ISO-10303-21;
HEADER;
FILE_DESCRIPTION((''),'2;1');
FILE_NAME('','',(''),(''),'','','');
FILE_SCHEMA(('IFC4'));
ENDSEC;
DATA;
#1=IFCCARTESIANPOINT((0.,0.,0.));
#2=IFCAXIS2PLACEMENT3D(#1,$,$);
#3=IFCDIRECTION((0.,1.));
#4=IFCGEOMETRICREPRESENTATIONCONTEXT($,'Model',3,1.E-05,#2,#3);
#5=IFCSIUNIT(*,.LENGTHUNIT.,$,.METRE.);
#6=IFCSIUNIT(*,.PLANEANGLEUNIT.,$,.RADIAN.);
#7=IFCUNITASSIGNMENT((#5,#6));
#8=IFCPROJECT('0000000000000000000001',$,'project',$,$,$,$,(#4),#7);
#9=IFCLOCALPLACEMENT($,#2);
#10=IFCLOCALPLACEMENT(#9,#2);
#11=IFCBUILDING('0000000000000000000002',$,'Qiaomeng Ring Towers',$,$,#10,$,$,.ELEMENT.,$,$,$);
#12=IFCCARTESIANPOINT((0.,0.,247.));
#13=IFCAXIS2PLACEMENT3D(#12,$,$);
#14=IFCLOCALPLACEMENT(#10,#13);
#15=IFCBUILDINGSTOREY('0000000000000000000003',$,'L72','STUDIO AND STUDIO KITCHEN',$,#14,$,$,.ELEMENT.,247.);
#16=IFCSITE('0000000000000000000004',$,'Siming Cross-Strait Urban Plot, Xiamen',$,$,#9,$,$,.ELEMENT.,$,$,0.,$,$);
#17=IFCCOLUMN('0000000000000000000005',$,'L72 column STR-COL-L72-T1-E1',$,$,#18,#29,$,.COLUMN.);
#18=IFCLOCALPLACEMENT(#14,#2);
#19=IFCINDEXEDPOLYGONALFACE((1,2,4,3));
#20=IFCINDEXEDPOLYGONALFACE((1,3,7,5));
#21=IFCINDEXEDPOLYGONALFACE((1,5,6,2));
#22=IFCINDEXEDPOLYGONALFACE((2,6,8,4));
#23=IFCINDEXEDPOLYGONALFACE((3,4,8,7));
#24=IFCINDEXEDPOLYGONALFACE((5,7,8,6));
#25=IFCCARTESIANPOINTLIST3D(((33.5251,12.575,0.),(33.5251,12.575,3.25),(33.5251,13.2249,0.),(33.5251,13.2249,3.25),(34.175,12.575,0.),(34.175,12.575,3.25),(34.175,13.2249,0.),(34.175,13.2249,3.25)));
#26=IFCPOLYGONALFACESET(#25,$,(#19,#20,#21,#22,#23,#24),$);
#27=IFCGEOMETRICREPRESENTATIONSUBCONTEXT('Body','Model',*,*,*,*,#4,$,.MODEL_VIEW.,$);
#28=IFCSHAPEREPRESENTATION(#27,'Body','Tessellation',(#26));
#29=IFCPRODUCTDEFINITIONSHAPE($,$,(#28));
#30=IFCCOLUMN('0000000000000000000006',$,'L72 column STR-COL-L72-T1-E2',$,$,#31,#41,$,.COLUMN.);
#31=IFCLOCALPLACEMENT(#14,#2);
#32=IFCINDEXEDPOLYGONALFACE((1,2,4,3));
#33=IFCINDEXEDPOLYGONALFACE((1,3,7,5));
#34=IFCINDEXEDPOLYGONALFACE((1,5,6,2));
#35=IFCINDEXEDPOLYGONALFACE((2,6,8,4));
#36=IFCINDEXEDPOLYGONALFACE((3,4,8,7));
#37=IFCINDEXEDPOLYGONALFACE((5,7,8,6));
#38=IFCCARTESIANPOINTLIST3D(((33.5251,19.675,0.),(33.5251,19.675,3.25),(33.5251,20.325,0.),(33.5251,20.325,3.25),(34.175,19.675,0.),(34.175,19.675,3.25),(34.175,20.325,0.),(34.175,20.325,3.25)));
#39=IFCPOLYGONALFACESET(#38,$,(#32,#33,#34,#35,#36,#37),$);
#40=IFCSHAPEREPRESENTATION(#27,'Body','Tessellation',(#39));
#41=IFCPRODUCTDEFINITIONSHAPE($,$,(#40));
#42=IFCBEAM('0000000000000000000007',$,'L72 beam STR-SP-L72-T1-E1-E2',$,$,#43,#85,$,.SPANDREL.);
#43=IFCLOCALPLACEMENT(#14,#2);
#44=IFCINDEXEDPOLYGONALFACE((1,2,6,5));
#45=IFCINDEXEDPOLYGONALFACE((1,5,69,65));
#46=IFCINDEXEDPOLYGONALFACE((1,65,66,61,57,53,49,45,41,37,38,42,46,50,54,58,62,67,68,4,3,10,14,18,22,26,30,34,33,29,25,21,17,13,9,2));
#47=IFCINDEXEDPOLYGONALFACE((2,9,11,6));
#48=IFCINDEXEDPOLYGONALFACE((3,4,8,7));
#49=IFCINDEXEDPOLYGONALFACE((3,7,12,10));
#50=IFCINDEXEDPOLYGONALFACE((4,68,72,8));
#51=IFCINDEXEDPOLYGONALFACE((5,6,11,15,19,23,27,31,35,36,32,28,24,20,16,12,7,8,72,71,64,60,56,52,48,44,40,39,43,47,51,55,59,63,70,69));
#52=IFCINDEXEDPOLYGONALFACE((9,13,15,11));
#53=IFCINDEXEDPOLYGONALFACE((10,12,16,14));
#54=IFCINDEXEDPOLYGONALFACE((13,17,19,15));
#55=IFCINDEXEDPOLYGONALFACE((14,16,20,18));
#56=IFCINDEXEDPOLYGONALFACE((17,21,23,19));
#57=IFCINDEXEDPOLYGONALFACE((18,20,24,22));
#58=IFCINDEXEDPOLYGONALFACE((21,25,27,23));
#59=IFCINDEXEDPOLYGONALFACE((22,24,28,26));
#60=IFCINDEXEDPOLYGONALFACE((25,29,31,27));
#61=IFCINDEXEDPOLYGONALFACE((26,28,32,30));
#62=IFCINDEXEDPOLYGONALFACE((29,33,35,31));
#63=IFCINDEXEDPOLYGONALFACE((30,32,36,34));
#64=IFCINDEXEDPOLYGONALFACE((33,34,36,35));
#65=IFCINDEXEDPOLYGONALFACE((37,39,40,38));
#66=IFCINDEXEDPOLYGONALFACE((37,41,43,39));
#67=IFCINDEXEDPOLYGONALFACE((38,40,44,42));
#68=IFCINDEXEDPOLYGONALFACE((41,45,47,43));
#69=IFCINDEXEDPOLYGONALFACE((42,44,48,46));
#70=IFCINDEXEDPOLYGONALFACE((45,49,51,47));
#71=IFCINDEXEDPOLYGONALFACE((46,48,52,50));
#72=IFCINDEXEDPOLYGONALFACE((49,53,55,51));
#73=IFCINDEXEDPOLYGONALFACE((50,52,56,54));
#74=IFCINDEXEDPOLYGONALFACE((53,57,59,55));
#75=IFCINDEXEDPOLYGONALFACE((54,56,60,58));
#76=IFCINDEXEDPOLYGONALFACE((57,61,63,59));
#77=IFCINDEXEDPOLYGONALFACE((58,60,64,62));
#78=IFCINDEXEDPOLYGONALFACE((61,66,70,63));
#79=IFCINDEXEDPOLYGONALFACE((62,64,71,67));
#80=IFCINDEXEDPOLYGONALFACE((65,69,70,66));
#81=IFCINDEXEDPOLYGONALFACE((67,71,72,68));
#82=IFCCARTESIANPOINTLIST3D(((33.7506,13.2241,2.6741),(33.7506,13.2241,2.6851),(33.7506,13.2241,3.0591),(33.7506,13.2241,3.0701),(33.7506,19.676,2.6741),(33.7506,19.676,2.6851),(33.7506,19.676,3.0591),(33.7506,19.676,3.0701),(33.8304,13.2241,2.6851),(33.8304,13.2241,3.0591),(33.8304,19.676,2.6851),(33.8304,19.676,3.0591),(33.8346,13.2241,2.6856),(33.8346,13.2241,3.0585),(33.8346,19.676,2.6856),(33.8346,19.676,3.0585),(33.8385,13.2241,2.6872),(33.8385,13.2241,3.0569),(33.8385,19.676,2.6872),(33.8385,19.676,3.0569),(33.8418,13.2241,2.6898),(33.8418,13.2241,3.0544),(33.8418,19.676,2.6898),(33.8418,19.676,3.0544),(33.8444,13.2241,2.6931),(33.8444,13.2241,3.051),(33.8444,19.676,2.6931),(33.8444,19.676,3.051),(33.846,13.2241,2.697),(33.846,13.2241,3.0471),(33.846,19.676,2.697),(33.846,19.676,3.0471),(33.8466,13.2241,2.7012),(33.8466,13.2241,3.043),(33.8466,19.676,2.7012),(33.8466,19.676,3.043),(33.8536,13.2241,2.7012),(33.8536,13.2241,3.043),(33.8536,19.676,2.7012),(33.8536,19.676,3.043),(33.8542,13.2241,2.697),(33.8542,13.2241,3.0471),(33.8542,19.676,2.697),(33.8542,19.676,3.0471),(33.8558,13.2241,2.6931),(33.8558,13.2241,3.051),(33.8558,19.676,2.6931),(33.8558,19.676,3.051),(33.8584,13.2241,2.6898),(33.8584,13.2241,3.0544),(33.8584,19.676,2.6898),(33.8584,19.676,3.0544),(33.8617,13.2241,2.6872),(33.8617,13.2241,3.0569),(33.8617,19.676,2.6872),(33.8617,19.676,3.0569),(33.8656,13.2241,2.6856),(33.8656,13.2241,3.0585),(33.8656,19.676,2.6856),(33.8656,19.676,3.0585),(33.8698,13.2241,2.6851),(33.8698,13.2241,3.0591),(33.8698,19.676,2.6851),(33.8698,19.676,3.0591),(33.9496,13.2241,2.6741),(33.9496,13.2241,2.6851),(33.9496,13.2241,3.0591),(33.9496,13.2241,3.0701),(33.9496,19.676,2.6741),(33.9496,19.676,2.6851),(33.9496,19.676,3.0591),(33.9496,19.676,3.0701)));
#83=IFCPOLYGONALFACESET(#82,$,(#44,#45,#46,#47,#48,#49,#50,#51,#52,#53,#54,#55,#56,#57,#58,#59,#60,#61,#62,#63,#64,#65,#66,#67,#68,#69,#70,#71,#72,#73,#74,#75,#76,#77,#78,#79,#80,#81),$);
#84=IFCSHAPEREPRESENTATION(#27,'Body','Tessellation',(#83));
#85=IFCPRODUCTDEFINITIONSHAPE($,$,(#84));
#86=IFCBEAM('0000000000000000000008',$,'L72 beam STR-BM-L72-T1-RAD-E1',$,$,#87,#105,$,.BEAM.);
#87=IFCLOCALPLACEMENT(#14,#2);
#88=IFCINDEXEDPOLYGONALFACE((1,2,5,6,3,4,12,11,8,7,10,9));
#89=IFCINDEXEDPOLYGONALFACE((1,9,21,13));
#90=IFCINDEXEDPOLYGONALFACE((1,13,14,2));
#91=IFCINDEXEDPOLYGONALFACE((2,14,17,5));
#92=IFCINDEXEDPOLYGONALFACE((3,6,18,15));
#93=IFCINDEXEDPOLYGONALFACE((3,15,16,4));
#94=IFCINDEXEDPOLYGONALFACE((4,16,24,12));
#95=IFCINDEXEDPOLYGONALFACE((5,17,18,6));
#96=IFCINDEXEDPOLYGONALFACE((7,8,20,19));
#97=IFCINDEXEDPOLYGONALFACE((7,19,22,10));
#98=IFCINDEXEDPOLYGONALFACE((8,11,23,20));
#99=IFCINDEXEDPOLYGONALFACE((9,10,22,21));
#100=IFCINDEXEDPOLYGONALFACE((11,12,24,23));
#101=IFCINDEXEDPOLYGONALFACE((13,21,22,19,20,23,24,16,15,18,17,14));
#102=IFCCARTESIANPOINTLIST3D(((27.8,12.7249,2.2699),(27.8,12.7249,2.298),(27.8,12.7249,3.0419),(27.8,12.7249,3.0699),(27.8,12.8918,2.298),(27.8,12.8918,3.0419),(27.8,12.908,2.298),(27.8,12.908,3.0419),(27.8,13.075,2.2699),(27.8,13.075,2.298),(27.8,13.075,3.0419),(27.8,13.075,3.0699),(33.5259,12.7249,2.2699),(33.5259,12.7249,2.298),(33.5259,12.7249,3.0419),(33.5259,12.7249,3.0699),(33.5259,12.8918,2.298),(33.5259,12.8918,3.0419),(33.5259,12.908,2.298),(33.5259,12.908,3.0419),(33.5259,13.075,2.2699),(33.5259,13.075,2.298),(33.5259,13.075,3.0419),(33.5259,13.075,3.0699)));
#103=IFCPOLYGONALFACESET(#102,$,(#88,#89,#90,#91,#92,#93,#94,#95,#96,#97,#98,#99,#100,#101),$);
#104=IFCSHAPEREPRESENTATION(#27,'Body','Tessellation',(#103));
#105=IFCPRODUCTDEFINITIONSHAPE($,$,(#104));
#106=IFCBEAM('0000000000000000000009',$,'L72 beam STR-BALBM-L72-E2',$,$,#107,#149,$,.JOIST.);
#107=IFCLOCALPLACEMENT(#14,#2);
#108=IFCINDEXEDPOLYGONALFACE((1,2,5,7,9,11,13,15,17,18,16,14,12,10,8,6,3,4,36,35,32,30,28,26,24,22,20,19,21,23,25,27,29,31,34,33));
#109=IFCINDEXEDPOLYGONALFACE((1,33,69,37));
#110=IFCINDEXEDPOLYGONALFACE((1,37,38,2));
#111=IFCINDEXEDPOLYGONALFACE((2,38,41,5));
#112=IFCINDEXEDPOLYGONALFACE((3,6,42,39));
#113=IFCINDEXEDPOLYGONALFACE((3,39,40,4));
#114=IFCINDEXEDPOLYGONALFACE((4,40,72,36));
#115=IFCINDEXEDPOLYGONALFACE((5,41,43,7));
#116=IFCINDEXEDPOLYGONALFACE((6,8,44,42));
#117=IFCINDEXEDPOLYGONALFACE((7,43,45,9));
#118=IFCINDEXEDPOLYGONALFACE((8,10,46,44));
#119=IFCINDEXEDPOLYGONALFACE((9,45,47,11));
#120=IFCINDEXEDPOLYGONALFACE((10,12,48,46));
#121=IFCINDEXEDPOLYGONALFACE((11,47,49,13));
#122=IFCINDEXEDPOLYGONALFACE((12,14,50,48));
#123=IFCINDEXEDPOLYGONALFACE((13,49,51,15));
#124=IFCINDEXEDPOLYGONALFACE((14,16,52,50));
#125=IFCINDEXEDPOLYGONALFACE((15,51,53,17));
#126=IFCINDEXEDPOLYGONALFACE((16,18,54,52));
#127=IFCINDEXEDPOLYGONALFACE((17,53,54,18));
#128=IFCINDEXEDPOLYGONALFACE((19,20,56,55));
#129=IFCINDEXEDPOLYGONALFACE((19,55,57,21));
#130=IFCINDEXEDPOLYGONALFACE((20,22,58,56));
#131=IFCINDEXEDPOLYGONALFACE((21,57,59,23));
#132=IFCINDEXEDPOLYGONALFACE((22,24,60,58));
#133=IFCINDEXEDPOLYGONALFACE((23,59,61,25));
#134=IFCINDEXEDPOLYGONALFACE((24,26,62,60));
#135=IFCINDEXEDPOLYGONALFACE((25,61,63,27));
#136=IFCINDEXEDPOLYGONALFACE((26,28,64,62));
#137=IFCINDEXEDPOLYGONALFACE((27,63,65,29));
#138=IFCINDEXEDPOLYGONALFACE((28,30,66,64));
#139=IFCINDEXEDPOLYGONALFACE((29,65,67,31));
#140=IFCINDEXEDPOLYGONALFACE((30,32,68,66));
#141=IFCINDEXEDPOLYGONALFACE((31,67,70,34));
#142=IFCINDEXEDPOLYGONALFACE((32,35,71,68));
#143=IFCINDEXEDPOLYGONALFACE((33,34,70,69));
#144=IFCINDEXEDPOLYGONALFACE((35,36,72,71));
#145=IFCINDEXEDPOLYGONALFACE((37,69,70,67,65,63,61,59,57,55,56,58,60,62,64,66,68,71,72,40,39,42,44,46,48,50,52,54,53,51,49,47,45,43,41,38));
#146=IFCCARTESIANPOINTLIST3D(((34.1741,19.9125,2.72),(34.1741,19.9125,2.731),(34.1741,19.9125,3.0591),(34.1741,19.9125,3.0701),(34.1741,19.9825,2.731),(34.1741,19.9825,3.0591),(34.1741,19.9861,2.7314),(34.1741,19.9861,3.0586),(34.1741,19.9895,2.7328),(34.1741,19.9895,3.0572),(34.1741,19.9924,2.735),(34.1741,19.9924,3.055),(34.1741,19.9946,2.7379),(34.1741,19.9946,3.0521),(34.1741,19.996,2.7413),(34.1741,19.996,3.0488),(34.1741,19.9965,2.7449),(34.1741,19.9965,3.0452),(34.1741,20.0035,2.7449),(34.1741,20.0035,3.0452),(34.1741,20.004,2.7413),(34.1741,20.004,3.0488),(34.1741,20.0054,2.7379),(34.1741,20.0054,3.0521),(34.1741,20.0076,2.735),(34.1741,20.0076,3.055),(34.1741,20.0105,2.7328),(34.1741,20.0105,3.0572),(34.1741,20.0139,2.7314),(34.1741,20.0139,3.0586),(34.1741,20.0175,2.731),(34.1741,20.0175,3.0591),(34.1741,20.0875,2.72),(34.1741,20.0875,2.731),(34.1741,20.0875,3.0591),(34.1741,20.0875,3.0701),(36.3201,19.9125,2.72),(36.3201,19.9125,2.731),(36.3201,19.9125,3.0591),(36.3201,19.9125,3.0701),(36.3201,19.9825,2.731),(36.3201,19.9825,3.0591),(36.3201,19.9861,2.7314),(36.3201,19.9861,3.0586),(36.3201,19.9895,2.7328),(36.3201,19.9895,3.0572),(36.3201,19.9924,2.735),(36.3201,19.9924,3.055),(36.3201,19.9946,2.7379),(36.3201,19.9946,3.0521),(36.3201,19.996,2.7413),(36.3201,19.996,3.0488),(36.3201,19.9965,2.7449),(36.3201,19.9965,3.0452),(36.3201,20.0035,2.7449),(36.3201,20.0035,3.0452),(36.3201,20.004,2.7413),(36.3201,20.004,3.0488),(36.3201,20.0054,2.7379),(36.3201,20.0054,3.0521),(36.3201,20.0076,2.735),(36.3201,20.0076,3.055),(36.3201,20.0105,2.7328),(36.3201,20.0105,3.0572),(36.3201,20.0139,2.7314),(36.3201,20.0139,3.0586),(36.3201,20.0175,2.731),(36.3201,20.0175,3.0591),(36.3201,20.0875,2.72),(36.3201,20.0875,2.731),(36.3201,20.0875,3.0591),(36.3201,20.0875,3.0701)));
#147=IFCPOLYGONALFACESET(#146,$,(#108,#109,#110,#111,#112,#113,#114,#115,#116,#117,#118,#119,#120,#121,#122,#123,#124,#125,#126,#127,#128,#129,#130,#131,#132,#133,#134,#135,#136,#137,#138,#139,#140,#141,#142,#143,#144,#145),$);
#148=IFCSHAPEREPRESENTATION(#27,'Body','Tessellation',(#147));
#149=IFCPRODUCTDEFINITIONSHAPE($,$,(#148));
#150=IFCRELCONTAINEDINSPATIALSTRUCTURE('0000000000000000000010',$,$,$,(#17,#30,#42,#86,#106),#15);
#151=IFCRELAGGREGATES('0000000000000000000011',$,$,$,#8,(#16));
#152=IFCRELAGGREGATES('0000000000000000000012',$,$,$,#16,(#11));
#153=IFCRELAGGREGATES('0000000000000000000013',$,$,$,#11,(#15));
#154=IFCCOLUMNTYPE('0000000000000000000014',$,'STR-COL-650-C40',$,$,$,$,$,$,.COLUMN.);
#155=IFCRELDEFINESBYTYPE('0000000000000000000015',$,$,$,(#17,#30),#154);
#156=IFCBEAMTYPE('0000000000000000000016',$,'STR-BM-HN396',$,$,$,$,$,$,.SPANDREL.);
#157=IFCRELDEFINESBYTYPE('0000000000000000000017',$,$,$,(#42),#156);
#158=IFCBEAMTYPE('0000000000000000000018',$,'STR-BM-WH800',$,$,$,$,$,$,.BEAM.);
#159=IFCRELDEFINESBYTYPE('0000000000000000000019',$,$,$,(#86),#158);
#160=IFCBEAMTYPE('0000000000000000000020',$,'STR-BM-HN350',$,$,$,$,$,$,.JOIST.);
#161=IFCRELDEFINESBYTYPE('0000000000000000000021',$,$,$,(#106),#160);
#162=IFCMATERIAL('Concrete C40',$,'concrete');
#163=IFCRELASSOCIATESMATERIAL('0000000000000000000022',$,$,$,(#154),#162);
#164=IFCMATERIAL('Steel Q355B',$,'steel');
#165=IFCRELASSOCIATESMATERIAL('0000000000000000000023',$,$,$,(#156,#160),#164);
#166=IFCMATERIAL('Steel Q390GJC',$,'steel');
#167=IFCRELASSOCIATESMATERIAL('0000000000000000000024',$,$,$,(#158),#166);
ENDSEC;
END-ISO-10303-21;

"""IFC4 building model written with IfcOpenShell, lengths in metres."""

from ifc_helpers import new_model, si_unit, direction, frame, origin, origin_2d, place, context, subcontext, project, spatial, rectangle, i_section, extrude, source, transform, mapped, material, material_profile, profile_set, type_object, element, save


model = new_model("IFC4")

# Units and contexts
model_context = context("Model", 3, precision=1e-05, world=origin(), true_north=direction((0.0, 1.0)))
body_context = subcontext(model_context, "Body", "Model", "MODEL_VIEW")
ifc_project = project(units=[si_unit("LENGTHUNIT", "METRE"), si_unit("PLANEANGLEUNIT", "RADIAN")], contexts=[model_context])

# Site, building, storey
site_placement = place(None, origin())
site = spatial("IfcSite", under=ifc_project, at=site_placement, Name="Siming Cross-Strait Urban Plot, Xiamen", CompositionType="ELEMENT", RefElevation=0.0)
building_placement = place(site_placement, origin())
building = spatial("IfcBuilding", under=site, at=building_placement, Name="Qiaomeng Ring Towers", CompositionType="ELEMENT")
storey_placement = place(building_placement, frame((0.0, 0.0, 247.0)))
storey = spatial("IfcBuildingStorey", under=building, at=storey_placement, Name="L72", Description="STUDIO AND STUDIO KITCHEN", CompositionType="ELEMENT", Elevation=247.0)

# Columns
ifc_material_1 = material(Name="Concrete C40", Category="concrete")
ifc_material_profile_1 = material_profile(ifc_material_1, rectangle(XDim=0.6499, YDim=0.6499, at=origin_2d()), Name="RC COL 650x650")
ifc_profile_set_1 = profile_set([ifc_material_profile_1], Name="Concrete C40")
column_type = type_object("IfcColumnType", Name="STR-COL-650-C40", PredefinedType="COLUMN", material=ifc_profile_set_1)
shared_shape_1 = source(origin(), body_context, "Body", "SweptSolid", [
    extrude(rectangle(XDim=0.6499, YDim=0.6499, at=origin_2d()), origin(), (0.0, 0.0, 1.0), 3.25),
])
for number, where, z_axis, x_axis, name in (
    (1, (33.8501, 12.8999, 0.0), (0.0, 0.0, 1.0), (1.0, 0.0, 0.0), "L72 column STR-COL-L72-T1-E1"),
    (2, (33.8501, 20.0, 0.0), (0.0, 0.0, 1.0), (1.0, 0.0, 0.0), "L72 column STR-COL-L72-T1-E2"),
):
    element("IfcColumn", number, at=place(storey_placement, frame(where, z_axis=z_axis, x_axis=x_axis)), inside=storey, type_object=column_type, Name=name, PredefinedType="COLUMN", context=body_context, shape_type="MappedRepresentation", body=[
        mapped(shared_shape_1, transform((0.0, 0.0, 0.0), x_axis=(1.0, 0.0, 0.0), y_axis=(0.0, 1.0, 0.0), z_axis=(0.0, 0.0, 1.0), scale=1.0)),
    ])

# Beams
ifc_material_2 = material(Name="Steel Q355B", Category="steel")
ifc_material_profile_2 = material_profile(ifc_material_2, i_section(OverallWidth=0.199, OverallDepth=0.396, WebThickness=0.0071, FlangeThickness=0.011, FilletRadius=0.0161, at=origin_2d()), Name="HN 396x199x7x11")
ifc_profile_set_2 = profile_set([ifc_material_profile_2], Name="Steel Q355B")
beam_type_1 = type_object("IfcBeamType", Name="STR-BM-HN396", PredefinedType="SPANDREL", material=ifc_profile_set_2)
shared_shape_2 = source(origin(), body_context, "Body", "SweptSolid", [
    extrude(i_section(OverallWidth=0.199, OverallDepth=0.396, WebThickness=0.0071, FlangeThickness=0.011, FilletRadius=0.0161, at=origin_2d()), origin(), (0.0, 0.0, 1.0), 6.4519),
])
beam_1_placement = place(storey_placement, frame((33.8501, 13.2241, 2.8721), z_axis=(0.0, 1.0, 0.0), x_axis=(-1.0, 0.0, 0.0)))
element("IfcBeam", 3, at=beam_1_placement, inside=storey, type_object=beam_type_1, Name="L72 beam STR-SP-L72-T1-E1-E2", PredefinedType="SPANDREL", context=body_context, shape_type="MappedRepresentation", body=[
    mapped(shared_shape_2, transform((0.0, 0.0, 0.0), x_axis=(1.0, 0.0, 0.0), y_axis=(0.0, 1.0, 0.0), z_axis=(0.0, 0.0, 1.0), scale=1.0)),
])
ifc_material_3 = material(Name="Steel Q390GJC", Category="steel")
ifc_material_profile_3 = material_profile(ifc_material_3, i_section(OverallWidth=0.3501, OverallDepth=0.8, WebThickness=0.0161, FlangeThickness=0.0281, at=origin_2d()), Name="WH 800x350x16x28")
ifc_profile_set_3 = profile_set([ifc_material_profile_3], Name="Steel Q390GJC")
beam_type_2 = type_object("IfcBeamType", Name="STR-BM-WH800", PredefinedType="BEAM", material=ifc_profile_set_3)
shared_shape_3 = source(origin(), body_context, "Body", "SweptSolid", [
    extrude(i_section(OverallWidth=0.3501, OverallDepth=0.8, WebThickness=0.0161, FlangeThickness=0.0281, at=origin_2d()), origin(), (0.0, 0.0, 1.0), 5.7258),
])
beam_2_placement = place(storey_placement, frame((27.8, 12.8999, 2.6699), z_axis=(1.0, 0.0, 0.0), x_axis=(0.0, 1.0, 0.0)))
element("IfcBeam", 4, at=beam_2_placement, inside=storey, type_object=beam_type_2, Name="L72 beam STR-BM-L72-T1-RAD-E1", PredefinedType="BEAM", context=body_context, shape_type="MappedRepresentation", body=[
    mapped(shared_shape_3, transform((0.0, 0.0, 0.0), x_axis=(1.0, 0.0, 0.0), y_axis=(0.0, 1.0, 0.0), z_axis=(0.0, 0.0, 1.0), scale=1.0)),
])
ifc_material_profile_4 = material_profile(ifc_material_2, i_section(OverallWidth=0.175, OverallDepth=0.3501, WebThickness=0.0071, FlangeThickness=0.011, FilletRadius=0.0139, at=origin_2d()), Name="HN 350x175x7x11")
ifc_profile_set_4 = profile_set([ifc_material_profile_4], Name="Steel Q355B")
beam_type_3 = type_object("IfcBeamType", Name="STR-BM-HN350", PredefinedType="JOIST", material=ifc_profile_set_4)
shared_shape_4 = source(origin(), body_context, "Body", "SweptSolid", [
    extrude(i_section(OverallWidth=0.175, OverallDepth=0.3501, WebThickness=0.0071, FlangeThickness=0.011, FilletRadius=0.0139, at=origin_2d()), origin(), (0.0, 0.0, 1.0), 2.146),
])
beam_3_placement = place(storey_placement, frame((34.1741, 20.0, 2.895), z_axis=(1.0, 0.0, 0.0), x_axis=(0.0, 1.0, 0.0)))
element("IfcBeam", 5, at=beam_3_placement, inside=storey, type_object=beam_type_3, Name="L72 beam STR-BALBM-L72-E2", PredefinedType="JOIST", context=body_context, shape_type="MappedRepresentation", body=[
    mapped(shared_shape_4, transform((0.0, 0.0, 0.0), x_axis=(1.0, 0.0, 0.0), y_axis=(0.0, 1.0, 0.0), z_axis=(0.0, 0.0, 1.0), scale=1.0)),
])

save(model, "model.ifc")
